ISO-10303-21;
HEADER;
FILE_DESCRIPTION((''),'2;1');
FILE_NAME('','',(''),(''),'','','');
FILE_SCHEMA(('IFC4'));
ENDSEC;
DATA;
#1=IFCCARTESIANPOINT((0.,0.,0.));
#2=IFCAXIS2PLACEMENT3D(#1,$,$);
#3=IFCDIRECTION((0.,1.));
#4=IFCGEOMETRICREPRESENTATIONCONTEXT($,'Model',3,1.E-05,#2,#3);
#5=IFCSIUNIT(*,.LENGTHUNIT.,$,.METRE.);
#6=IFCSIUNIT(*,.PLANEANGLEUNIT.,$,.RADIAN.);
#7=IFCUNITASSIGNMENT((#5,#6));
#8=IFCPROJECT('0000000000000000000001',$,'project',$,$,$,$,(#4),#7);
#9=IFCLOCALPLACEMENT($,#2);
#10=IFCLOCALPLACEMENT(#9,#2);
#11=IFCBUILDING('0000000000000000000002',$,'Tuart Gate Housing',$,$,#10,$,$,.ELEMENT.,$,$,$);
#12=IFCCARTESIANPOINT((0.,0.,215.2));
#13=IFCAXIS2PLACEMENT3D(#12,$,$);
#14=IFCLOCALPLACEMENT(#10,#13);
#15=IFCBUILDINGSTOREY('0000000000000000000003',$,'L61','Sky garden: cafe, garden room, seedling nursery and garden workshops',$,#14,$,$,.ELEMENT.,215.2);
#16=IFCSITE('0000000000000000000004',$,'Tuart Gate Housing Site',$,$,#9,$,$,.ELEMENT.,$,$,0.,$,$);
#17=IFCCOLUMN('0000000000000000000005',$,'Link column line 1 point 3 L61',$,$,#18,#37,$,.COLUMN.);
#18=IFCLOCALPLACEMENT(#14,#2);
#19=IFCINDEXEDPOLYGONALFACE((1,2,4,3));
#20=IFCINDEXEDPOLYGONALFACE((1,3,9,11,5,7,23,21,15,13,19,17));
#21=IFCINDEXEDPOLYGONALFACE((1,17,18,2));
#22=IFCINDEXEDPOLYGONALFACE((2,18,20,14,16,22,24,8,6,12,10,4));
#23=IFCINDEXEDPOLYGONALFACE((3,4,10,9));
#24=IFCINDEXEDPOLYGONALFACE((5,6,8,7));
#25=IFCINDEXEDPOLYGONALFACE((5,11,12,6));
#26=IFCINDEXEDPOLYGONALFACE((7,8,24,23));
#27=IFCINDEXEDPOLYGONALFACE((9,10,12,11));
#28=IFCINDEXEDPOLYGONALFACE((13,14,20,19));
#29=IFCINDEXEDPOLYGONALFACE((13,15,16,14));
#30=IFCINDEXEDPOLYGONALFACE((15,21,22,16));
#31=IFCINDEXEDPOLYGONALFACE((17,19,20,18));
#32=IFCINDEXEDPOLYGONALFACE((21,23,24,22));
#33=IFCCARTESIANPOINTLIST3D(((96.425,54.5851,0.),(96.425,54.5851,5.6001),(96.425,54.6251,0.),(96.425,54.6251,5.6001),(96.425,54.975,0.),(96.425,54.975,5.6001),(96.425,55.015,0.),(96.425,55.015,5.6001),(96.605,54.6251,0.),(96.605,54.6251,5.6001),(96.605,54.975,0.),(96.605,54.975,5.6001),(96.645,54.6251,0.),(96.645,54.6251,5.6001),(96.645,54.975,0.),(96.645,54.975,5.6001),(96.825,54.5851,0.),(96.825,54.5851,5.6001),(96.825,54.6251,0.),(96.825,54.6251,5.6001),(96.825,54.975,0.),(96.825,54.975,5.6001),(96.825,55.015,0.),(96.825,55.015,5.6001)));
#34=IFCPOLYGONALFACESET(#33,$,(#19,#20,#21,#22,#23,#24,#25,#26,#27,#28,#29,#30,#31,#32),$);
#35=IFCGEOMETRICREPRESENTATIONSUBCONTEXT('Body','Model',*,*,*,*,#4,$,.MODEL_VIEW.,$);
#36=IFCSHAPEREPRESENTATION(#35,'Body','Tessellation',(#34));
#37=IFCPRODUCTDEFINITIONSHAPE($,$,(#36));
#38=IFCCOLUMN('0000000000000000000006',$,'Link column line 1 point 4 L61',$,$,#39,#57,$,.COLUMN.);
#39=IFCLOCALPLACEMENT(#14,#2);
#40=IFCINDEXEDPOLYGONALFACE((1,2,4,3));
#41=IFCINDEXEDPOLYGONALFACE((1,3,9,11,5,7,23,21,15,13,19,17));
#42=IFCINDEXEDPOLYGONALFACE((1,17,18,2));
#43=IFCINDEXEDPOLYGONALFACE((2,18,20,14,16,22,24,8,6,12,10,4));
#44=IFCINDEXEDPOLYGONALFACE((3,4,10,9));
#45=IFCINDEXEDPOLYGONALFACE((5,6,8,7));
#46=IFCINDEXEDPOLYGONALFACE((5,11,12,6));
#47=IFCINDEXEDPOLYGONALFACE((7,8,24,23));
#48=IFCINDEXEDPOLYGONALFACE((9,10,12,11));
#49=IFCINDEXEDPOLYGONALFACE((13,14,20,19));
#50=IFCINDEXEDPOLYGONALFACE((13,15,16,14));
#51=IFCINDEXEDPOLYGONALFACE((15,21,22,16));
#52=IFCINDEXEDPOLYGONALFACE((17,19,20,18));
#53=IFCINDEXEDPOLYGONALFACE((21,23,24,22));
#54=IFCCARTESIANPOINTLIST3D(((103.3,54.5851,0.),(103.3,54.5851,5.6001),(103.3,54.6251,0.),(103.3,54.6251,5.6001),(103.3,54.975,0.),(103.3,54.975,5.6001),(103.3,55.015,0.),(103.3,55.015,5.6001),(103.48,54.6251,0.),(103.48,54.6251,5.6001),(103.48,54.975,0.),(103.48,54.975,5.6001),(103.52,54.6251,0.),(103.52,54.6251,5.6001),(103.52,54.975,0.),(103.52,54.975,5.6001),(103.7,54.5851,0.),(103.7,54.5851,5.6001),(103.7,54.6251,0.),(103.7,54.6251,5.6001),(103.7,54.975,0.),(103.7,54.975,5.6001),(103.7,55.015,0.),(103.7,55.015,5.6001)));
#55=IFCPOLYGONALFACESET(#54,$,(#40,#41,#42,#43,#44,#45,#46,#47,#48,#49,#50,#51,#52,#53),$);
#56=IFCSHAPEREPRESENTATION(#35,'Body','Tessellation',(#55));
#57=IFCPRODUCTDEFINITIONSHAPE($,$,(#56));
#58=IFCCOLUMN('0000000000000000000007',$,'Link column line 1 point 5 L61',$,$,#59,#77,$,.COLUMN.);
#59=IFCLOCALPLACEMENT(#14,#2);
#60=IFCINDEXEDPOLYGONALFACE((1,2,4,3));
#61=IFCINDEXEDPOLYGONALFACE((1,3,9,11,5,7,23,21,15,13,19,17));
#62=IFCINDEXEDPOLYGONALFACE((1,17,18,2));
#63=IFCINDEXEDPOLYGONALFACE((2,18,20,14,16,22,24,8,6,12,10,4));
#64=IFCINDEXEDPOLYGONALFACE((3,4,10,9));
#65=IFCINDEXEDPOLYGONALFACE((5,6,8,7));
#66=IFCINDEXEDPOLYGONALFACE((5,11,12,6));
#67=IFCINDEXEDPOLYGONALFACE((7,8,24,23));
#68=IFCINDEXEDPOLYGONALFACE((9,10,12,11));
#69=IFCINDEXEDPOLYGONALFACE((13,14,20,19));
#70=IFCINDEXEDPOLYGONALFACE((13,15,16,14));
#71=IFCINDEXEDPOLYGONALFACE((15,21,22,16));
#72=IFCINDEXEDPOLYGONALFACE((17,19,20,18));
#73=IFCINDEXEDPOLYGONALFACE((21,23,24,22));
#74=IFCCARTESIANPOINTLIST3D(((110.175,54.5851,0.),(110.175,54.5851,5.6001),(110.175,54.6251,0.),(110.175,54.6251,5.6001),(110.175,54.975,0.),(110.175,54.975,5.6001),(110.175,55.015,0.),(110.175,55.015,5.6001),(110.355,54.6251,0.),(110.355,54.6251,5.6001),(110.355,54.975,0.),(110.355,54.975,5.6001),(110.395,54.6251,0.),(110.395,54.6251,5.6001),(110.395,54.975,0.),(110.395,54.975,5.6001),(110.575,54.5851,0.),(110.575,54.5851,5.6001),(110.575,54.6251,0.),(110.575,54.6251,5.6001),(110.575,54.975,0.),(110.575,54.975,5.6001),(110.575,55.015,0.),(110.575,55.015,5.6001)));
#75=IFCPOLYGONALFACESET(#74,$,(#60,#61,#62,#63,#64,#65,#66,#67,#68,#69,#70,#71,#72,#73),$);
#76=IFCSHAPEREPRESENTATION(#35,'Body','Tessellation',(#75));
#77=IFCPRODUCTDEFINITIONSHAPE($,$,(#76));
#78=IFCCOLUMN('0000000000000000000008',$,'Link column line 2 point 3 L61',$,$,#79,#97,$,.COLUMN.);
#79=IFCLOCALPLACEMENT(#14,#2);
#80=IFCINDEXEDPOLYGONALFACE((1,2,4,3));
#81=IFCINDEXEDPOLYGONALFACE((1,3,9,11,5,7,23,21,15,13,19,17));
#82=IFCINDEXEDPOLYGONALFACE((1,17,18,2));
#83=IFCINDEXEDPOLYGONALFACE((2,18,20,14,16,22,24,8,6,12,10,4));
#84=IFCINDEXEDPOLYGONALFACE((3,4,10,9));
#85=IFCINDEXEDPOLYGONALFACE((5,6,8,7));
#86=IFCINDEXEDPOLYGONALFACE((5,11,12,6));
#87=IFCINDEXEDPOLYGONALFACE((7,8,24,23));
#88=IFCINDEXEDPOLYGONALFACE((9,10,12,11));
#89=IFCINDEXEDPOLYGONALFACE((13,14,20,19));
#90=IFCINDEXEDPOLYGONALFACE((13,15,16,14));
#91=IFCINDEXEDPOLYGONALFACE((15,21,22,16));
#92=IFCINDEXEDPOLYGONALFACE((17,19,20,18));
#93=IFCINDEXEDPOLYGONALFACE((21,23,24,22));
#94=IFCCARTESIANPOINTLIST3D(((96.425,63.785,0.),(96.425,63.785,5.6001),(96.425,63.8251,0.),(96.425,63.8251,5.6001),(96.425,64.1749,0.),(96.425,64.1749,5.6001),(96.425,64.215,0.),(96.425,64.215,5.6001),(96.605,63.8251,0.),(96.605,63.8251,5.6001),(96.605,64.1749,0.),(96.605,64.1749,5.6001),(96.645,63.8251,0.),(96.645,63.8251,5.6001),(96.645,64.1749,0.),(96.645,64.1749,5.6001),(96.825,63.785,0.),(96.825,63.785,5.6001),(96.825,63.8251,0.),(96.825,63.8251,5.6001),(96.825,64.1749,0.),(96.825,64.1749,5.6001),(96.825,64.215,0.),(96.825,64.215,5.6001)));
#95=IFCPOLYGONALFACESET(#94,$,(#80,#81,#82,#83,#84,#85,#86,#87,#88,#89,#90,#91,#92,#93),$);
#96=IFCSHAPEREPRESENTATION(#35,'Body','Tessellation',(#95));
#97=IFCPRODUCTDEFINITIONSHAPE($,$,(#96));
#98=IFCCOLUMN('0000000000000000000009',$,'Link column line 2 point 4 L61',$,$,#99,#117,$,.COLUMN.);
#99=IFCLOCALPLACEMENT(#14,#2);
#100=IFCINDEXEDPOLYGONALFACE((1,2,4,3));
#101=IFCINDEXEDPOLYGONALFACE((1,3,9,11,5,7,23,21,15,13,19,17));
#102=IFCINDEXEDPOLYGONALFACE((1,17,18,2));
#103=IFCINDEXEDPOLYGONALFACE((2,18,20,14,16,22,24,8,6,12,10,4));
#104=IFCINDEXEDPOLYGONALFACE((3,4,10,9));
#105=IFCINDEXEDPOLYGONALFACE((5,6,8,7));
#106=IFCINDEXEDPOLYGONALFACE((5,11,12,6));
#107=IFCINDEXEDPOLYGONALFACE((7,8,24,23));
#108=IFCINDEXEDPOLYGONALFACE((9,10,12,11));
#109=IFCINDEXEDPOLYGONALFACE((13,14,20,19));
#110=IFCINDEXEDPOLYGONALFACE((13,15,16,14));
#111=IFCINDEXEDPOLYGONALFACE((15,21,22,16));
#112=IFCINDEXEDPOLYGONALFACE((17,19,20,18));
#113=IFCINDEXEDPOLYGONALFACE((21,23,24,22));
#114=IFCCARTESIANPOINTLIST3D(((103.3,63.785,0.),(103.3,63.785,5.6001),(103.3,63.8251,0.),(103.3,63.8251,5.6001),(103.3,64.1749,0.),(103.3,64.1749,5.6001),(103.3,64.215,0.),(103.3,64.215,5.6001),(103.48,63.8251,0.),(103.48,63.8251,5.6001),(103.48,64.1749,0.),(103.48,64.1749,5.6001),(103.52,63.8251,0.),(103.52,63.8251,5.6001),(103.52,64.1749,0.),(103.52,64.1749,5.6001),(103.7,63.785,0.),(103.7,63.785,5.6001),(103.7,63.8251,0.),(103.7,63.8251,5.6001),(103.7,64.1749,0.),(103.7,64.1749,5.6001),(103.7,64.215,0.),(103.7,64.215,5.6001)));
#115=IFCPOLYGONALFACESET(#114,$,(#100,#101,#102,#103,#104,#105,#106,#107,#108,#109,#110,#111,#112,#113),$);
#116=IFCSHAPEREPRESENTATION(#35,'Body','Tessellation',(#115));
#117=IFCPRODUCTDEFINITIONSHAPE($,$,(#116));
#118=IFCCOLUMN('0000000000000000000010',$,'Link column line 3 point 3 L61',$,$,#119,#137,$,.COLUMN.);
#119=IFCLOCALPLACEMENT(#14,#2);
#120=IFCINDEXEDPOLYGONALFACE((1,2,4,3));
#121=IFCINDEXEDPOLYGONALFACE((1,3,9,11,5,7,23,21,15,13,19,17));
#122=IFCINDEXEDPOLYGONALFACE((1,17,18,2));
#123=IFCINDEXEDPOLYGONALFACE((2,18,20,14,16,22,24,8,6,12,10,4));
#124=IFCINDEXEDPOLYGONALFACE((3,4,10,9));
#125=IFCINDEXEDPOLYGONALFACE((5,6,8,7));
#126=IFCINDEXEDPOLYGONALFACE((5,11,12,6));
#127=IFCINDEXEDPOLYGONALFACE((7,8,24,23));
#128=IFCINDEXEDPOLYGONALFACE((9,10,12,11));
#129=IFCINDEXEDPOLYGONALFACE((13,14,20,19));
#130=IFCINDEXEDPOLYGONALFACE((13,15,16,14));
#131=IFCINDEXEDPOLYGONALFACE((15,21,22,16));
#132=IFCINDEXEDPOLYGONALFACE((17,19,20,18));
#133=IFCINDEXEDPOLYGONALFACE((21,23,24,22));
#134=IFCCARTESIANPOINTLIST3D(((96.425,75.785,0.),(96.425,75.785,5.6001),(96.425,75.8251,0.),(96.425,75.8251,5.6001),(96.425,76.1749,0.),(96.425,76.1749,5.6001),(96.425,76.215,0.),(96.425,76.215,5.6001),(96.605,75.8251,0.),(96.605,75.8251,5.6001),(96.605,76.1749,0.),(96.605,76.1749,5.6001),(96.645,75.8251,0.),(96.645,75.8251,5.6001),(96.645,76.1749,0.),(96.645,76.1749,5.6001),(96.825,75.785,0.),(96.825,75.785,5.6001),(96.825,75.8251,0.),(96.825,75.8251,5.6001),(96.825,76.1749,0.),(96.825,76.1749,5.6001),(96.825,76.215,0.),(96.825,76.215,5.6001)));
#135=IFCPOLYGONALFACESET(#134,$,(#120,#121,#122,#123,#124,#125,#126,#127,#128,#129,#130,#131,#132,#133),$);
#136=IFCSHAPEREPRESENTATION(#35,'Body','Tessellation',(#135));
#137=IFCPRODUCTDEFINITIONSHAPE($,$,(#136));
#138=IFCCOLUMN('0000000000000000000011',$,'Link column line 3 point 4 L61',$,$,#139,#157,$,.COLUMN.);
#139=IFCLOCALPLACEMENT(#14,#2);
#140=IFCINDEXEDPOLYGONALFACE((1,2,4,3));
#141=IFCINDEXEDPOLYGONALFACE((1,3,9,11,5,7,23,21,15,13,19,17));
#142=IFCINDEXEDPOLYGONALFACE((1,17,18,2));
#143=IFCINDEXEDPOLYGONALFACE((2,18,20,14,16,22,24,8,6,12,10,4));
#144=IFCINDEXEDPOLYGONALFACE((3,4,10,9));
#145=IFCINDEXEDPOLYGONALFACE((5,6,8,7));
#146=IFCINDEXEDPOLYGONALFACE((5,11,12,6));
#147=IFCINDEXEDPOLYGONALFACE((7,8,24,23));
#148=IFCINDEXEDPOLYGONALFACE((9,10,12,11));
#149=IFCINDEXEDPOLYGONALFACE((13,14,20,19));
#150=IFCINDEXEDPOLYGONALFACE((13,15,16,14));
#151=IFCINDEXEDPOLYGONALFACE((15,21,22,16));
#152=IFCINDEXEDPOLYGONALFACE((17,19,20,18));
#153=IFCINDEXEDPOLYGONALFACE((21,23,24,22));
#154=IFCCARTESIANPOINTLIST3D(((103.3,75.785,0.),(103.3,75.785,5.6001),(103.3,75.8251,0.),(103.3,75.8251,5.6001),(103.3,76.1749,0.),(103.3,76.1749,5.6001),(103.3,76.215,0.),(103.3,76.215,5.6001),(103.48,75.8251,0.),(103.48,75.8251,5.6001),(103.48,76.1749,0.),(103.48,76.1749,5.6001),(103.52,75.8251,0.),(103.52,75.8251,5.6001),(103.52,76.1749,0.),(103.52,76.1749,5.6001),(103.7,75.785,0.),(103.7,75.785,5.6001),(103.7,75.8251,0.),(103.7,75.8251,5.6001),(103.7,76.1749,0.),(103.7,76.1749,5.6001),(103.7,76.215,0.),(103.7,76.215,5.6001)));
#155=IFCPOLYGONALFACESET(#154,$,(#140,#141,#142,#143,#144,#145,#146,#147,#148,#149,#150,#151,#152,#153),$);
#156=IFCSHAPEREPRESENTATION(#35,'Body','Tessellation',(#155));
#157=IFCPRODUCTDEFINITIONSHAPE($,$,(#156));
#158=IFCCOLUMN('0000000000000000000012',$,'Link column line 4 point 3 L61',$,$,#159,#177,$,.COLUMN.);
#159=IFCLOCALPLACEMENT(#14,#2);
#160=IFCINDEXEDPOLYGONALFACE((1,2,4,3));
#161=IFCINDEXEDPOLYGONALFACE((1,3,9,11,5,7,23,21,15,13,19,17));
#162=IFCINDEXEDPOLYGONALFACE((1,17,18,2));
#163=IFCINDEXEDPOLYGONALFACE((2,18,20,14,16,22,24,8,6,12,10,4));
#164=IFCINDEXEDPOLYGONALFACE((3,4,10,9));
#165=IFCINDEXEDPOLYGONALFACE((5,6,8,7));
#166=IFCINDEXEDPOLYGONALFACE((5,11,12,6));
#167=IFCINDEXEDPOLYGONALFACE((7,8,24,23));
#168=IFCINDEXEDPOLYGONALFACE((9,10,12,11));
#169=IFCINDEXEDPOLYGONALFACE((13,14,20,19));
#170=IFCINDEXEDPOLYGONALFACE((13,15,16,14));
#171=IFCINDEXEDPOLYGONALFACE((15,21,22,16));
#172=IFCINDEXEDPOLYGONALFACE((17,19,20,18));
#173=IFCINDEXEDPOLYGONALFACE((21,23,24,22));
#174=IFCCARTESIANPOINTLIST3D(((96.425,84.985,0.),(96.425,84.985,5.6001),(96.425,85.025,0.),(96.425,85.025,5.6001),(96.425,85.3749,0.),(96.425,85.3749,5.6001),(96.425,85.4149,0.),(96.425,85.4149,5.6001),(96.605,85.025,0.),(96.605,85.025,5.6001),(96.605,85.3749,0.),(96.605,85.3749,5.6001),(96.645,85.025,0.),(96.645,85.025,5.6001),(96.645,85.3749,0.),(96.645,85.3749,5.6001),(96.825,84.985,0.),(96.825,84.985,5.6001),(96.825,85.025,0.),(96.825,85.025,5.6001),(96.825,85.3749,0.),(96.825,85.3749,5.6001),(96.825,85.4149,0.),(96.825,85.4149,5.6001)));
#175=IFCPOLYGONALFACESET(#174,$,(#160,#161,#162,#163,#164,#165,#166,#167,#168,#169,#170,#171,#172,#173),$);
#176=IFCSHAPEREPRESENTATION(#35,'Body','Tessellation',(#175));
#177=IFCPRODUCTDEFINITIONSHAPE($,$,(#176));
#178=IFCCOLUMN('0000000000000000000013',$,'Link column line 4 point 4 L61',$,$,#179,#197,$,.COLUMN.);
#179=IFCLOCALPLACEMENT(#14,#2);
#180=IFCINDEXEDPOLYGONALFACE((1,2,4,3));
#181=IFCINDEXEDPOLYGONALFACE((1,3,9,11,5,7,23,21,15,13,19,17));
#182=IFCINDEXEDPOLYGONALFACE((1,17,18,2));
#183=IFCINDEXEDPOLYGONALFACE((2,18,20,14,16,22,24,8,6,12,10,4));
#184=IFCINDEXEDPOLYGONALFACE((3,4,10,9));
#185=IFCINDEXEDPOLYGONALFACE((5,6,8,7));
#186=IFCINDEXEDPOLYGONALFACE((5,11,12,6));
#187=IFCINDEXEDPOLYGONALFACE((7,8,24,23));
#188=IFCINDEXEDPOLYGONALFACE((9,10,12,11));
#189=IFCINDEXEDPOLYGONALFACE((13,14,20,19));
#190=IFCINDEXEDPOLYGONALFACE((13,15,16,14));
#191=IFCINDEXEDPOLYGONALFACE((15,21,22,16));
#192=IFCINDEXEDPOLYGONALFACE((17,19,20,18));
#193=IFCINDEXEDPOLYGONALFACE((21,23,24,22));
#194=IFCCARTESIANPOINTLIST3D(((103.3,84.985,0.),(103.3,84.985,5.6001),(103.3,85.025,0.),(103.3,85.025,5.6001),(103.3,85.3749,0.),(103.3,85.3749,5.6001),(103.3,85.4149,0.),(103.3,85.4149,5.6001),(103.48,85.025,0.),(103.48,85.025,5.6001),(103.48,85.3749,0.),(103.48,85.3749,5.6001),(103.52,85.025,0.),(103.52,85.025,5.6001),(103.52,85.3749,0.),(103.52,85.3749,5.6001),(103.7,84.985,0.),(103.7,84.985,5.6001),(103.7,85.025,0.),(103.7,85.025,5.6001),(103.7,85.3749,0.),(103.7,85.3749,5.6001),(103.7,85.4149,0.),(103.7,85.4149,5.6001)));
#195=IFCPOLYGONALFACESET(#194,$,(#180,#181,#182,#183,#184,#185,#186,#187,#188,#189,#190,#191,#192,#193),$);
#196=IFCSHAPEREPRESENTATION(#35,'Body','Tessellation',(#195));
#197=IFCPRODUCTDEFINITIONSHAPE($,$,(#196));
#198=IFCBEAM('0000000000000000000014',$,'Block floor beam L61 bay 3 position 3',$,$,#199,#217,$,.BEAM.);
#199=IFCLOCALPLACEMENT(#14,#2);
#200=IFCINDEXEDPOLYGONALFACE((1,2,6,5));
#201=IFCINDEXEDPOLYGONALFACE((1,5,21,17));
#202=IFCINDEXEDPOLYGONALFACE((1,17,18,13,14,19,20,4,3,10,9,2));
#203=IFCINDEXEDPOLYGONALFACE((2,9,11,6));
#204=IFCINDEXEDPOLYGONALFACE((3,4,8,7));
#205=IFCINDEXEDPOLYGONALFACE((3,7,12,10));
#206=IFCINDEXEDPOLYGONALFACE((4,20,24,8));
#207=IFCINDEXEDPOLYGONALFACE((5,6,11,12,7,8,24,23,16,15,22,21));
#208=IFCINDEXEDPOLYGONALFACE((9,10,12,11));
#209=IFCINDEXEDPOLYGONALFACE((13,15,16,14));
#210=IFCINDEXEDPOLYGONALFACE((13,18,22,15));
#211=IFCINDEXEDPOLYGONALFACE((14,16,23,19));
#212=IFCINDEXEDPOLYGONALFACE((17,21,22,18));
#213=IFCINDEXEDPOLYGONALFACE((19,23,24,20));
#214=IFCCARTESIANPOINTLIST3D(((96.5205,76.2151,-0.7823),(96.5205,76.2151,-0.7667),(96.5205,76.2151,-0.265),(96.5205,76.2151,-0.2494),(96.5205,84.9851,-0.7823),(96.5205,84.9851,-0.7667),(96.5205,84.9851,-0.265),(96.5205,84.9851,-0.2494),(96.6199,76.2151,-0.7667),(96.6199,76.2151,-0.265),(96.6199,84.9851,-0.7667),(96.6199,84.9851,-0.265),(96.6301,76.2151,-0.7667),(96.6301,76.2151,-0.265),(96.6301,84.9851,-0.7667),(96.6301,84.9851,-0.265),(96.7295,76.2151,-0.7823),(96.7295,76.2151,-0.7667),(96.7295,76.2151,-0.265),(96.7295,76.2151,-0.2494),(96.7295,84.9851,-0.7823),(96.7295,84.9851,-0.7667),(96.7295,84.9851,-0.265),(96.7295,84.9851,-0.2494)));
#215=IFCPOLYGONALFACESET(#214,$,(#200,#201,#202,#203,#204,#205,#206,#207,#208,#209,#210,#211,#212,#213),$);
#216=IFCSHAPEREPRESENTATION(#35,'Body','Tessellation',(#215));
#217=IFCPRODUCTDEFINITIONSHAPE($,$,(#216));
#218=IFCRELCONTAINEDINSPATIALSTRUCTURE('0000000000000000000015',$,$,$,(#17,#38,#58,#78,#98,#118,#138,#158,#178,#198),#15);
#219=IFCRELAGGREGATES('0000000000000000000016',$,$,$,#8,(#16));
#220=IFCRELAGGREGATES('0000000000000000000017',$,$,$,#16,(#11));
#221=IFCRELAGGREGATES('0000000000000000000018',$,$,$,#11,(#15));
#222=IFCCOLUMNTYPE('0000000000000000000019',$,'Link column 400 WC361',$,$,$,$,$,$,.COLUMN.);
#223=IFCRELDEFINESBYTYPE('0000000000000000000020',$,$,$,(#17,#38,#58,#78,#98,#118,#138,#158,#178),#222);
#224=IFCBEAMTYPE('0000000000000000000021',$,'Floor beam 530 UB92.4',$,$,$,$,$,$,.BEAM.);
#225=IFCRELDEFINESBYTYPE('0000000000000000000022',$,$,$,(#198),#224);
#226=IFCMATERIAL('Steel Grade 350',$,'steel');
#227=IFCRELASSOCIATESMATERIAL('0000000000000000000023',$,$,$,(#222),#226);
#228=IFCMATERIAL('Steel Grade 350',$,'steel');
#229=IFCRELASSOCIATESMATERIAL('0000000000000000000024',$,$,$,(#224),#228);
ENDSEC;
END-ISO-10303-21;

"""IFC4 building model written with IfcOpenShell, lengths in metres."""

from ifc_helpers import new_model, si_unit, direction, frame, origin, origin_2d, place, context, subcontext, project, spatial, i_section, extrude, material, material_profile, profile_set, type_object, element, save


model = new_model("IFC4")

# Units and contexts
model_context = context("Model", 3, precision=1e-05, world=origin(), true_north=direction((0.0, 1.0)))
body_context = subcontext(model_context, "Body", "Model", "MODEL_VIEW")
ifc_project = project(units=[si_unit("LENGTHUNIT", "METRE"), si_unit("PLANEANGLEUNIT", "RADIAN")], contexts=[model_context])

# Site, building, storey
site_placement = place(None, origin())
site = spatial("IfcSite", under=ifc_project, at=site_placement, Name="Tuart Gate Housing Site", CompositionType="ELEMENT", RefElevation=0.0)
building_placement = place(site_placement, origin())
building = spatial("IfcBuilding", under=site, at=building_placement, Name="Tuart Gate Housing", CompositionType="ELEMENT")
storey_placement = place(building_placement, frame((0.0, 0.0, 215.2)))
storey = spatial("IfcBuildingStorey", under=building, at=storey_placement, Name="L61", Description="Sky garden: cafe, garden room, seedling nursery and garden workshops", CompositionType="ELEMENT", Elevation=215.2)

# Columns
ifc_material_1 = material(Name="Steel Grade 350", Category="steel")
ifc_material_profile_1 = material_profile(ifc_material_1, i_section(OverallWidth=0.3999, OverallDepth=0.4299, WebThickness=0.04, FlangeThickness=0.04, at=origin_2d()), Name="400WC361")
ifc_profile_set_1 = profile_set([ifc_material_profile_1], Name="Steel Grade 350")
column_type = type_object("IfcColumnType", Name="Link column 400 WC361", PredefinedType="COLUMN", material=ifc_profile_set_1)
for number, where, z_axis, x_axis, name in (
    (1, (96.625, 54.8, 0.0), (0.0, 0.0, 1.0), (1.0, 0.0, 0.0), "Link column line 1 point 3 L61"),
    (2, (103.5, 54.8, 0.0), (0.0, 0.0, 1.0), (1.0, 0.0, 0.0), "Link column line 1 point 4 L61"),
    (3, (110.375, 54.8, 0.0), (0.0, 0.0, 1.0), (1.0, 0.0, 0.0), "Link column line 1 point 5 L61"),
    (4, (96.625, 64.0, 0.0), (0.0, 0.0, 1.0), (1.0, 0.0, 0.0), "Link column line 2 point 3 L61"),
    (5, (103.5, 64.0, 0.0), (0.0, 0.0, 1.0), (1.0, 0.0, 0.0), "Link column line 2 point 4 L61"),
    (6, (96.625, 76.0, 0.0), (0.0, 0.0, 1.0), (1.0, 0.0, 0.0), "Link column line 3 point 3 L61"),
    (7, (103.5, 76.0, 0.0), (0.0, 0.0, 1.0), (1.0, 0.0, 0.0), "Link column line 3 point 4 L61"),
    (8, (96.625, 85.2, 0.0), (0.0, 0.0, 1.0), (1.0, 0.0, 0.0), "Link column line 4 point 3 L61"),
    (9, (103.5, 85.2, 0.0), (0.0, 0.0, 1.0), (1.0, 0.0, 0.0), "Link column line 4 point 4 L61"),
):
    element("IfcColumn", number, at=place(storey_placement, frame(where, z_axis=z_axis, x_axis=x_axis)), inside=storey, type_object=column_type, Name=name, PredefinedType="COLUMN", context=body_context, shape_type="SweptSolid", body=[
        extrude(i_section(OverallWidth=0.3999, OverallDepth=0.4299, WebThickness=0.04, FlangeThickness=0.04, at=origin_2d()), origin(), (0.0, 0.0, 1.0), 5.6001),
    ])

# Beam
ifc_material_2 = material(Name="Steel Grade 350", Category="steel")
ifc_material_profile_2 = material_profile(ifc_material_2, i_section(OverallWidth=0.209, OverallDepth=0.533, WebThickness=0.0103, FlangeThickness=0.0156, at=origin_2d()), Name="530UB92.4")
ifc_profile_set_2 = profile_set([ifc_material_profile_2], Name="Steel Grade 350")
beam_type_1 = type_object("IfcBeamType", Name="Floor beam 530 UB92.4", PredefinedType="BEAM", material=ifc_profile_set_2)
for number, where, z_axis, x_axis, name in (
    (10, (96.625, 76.2151, -0.5159), (0.0, 1.0, 0.0), (-1.0, 0.0, 0.0), "Block floor beam L61 bay 3 position 3"),
):
    element("IfcBeam", number, at=place(storey_placement, frame(where, z_axis=z_axis, x_axis=x_axis)), inside=storey, type_object=beam_type_1, Name=name, PredefinedType="BEAM", context=body_context, shape_type="SweptSolid", body=[
        extrude(i_section(OverallWidth=0.209, OverallDepth=0.533, WebThickness=0.0103, FlangeThickness=0.0156, at=origin_2d()), origin(), (0.0, 0.0, 1.0), 8.77),
    ])

save(model, "model.ifc")
